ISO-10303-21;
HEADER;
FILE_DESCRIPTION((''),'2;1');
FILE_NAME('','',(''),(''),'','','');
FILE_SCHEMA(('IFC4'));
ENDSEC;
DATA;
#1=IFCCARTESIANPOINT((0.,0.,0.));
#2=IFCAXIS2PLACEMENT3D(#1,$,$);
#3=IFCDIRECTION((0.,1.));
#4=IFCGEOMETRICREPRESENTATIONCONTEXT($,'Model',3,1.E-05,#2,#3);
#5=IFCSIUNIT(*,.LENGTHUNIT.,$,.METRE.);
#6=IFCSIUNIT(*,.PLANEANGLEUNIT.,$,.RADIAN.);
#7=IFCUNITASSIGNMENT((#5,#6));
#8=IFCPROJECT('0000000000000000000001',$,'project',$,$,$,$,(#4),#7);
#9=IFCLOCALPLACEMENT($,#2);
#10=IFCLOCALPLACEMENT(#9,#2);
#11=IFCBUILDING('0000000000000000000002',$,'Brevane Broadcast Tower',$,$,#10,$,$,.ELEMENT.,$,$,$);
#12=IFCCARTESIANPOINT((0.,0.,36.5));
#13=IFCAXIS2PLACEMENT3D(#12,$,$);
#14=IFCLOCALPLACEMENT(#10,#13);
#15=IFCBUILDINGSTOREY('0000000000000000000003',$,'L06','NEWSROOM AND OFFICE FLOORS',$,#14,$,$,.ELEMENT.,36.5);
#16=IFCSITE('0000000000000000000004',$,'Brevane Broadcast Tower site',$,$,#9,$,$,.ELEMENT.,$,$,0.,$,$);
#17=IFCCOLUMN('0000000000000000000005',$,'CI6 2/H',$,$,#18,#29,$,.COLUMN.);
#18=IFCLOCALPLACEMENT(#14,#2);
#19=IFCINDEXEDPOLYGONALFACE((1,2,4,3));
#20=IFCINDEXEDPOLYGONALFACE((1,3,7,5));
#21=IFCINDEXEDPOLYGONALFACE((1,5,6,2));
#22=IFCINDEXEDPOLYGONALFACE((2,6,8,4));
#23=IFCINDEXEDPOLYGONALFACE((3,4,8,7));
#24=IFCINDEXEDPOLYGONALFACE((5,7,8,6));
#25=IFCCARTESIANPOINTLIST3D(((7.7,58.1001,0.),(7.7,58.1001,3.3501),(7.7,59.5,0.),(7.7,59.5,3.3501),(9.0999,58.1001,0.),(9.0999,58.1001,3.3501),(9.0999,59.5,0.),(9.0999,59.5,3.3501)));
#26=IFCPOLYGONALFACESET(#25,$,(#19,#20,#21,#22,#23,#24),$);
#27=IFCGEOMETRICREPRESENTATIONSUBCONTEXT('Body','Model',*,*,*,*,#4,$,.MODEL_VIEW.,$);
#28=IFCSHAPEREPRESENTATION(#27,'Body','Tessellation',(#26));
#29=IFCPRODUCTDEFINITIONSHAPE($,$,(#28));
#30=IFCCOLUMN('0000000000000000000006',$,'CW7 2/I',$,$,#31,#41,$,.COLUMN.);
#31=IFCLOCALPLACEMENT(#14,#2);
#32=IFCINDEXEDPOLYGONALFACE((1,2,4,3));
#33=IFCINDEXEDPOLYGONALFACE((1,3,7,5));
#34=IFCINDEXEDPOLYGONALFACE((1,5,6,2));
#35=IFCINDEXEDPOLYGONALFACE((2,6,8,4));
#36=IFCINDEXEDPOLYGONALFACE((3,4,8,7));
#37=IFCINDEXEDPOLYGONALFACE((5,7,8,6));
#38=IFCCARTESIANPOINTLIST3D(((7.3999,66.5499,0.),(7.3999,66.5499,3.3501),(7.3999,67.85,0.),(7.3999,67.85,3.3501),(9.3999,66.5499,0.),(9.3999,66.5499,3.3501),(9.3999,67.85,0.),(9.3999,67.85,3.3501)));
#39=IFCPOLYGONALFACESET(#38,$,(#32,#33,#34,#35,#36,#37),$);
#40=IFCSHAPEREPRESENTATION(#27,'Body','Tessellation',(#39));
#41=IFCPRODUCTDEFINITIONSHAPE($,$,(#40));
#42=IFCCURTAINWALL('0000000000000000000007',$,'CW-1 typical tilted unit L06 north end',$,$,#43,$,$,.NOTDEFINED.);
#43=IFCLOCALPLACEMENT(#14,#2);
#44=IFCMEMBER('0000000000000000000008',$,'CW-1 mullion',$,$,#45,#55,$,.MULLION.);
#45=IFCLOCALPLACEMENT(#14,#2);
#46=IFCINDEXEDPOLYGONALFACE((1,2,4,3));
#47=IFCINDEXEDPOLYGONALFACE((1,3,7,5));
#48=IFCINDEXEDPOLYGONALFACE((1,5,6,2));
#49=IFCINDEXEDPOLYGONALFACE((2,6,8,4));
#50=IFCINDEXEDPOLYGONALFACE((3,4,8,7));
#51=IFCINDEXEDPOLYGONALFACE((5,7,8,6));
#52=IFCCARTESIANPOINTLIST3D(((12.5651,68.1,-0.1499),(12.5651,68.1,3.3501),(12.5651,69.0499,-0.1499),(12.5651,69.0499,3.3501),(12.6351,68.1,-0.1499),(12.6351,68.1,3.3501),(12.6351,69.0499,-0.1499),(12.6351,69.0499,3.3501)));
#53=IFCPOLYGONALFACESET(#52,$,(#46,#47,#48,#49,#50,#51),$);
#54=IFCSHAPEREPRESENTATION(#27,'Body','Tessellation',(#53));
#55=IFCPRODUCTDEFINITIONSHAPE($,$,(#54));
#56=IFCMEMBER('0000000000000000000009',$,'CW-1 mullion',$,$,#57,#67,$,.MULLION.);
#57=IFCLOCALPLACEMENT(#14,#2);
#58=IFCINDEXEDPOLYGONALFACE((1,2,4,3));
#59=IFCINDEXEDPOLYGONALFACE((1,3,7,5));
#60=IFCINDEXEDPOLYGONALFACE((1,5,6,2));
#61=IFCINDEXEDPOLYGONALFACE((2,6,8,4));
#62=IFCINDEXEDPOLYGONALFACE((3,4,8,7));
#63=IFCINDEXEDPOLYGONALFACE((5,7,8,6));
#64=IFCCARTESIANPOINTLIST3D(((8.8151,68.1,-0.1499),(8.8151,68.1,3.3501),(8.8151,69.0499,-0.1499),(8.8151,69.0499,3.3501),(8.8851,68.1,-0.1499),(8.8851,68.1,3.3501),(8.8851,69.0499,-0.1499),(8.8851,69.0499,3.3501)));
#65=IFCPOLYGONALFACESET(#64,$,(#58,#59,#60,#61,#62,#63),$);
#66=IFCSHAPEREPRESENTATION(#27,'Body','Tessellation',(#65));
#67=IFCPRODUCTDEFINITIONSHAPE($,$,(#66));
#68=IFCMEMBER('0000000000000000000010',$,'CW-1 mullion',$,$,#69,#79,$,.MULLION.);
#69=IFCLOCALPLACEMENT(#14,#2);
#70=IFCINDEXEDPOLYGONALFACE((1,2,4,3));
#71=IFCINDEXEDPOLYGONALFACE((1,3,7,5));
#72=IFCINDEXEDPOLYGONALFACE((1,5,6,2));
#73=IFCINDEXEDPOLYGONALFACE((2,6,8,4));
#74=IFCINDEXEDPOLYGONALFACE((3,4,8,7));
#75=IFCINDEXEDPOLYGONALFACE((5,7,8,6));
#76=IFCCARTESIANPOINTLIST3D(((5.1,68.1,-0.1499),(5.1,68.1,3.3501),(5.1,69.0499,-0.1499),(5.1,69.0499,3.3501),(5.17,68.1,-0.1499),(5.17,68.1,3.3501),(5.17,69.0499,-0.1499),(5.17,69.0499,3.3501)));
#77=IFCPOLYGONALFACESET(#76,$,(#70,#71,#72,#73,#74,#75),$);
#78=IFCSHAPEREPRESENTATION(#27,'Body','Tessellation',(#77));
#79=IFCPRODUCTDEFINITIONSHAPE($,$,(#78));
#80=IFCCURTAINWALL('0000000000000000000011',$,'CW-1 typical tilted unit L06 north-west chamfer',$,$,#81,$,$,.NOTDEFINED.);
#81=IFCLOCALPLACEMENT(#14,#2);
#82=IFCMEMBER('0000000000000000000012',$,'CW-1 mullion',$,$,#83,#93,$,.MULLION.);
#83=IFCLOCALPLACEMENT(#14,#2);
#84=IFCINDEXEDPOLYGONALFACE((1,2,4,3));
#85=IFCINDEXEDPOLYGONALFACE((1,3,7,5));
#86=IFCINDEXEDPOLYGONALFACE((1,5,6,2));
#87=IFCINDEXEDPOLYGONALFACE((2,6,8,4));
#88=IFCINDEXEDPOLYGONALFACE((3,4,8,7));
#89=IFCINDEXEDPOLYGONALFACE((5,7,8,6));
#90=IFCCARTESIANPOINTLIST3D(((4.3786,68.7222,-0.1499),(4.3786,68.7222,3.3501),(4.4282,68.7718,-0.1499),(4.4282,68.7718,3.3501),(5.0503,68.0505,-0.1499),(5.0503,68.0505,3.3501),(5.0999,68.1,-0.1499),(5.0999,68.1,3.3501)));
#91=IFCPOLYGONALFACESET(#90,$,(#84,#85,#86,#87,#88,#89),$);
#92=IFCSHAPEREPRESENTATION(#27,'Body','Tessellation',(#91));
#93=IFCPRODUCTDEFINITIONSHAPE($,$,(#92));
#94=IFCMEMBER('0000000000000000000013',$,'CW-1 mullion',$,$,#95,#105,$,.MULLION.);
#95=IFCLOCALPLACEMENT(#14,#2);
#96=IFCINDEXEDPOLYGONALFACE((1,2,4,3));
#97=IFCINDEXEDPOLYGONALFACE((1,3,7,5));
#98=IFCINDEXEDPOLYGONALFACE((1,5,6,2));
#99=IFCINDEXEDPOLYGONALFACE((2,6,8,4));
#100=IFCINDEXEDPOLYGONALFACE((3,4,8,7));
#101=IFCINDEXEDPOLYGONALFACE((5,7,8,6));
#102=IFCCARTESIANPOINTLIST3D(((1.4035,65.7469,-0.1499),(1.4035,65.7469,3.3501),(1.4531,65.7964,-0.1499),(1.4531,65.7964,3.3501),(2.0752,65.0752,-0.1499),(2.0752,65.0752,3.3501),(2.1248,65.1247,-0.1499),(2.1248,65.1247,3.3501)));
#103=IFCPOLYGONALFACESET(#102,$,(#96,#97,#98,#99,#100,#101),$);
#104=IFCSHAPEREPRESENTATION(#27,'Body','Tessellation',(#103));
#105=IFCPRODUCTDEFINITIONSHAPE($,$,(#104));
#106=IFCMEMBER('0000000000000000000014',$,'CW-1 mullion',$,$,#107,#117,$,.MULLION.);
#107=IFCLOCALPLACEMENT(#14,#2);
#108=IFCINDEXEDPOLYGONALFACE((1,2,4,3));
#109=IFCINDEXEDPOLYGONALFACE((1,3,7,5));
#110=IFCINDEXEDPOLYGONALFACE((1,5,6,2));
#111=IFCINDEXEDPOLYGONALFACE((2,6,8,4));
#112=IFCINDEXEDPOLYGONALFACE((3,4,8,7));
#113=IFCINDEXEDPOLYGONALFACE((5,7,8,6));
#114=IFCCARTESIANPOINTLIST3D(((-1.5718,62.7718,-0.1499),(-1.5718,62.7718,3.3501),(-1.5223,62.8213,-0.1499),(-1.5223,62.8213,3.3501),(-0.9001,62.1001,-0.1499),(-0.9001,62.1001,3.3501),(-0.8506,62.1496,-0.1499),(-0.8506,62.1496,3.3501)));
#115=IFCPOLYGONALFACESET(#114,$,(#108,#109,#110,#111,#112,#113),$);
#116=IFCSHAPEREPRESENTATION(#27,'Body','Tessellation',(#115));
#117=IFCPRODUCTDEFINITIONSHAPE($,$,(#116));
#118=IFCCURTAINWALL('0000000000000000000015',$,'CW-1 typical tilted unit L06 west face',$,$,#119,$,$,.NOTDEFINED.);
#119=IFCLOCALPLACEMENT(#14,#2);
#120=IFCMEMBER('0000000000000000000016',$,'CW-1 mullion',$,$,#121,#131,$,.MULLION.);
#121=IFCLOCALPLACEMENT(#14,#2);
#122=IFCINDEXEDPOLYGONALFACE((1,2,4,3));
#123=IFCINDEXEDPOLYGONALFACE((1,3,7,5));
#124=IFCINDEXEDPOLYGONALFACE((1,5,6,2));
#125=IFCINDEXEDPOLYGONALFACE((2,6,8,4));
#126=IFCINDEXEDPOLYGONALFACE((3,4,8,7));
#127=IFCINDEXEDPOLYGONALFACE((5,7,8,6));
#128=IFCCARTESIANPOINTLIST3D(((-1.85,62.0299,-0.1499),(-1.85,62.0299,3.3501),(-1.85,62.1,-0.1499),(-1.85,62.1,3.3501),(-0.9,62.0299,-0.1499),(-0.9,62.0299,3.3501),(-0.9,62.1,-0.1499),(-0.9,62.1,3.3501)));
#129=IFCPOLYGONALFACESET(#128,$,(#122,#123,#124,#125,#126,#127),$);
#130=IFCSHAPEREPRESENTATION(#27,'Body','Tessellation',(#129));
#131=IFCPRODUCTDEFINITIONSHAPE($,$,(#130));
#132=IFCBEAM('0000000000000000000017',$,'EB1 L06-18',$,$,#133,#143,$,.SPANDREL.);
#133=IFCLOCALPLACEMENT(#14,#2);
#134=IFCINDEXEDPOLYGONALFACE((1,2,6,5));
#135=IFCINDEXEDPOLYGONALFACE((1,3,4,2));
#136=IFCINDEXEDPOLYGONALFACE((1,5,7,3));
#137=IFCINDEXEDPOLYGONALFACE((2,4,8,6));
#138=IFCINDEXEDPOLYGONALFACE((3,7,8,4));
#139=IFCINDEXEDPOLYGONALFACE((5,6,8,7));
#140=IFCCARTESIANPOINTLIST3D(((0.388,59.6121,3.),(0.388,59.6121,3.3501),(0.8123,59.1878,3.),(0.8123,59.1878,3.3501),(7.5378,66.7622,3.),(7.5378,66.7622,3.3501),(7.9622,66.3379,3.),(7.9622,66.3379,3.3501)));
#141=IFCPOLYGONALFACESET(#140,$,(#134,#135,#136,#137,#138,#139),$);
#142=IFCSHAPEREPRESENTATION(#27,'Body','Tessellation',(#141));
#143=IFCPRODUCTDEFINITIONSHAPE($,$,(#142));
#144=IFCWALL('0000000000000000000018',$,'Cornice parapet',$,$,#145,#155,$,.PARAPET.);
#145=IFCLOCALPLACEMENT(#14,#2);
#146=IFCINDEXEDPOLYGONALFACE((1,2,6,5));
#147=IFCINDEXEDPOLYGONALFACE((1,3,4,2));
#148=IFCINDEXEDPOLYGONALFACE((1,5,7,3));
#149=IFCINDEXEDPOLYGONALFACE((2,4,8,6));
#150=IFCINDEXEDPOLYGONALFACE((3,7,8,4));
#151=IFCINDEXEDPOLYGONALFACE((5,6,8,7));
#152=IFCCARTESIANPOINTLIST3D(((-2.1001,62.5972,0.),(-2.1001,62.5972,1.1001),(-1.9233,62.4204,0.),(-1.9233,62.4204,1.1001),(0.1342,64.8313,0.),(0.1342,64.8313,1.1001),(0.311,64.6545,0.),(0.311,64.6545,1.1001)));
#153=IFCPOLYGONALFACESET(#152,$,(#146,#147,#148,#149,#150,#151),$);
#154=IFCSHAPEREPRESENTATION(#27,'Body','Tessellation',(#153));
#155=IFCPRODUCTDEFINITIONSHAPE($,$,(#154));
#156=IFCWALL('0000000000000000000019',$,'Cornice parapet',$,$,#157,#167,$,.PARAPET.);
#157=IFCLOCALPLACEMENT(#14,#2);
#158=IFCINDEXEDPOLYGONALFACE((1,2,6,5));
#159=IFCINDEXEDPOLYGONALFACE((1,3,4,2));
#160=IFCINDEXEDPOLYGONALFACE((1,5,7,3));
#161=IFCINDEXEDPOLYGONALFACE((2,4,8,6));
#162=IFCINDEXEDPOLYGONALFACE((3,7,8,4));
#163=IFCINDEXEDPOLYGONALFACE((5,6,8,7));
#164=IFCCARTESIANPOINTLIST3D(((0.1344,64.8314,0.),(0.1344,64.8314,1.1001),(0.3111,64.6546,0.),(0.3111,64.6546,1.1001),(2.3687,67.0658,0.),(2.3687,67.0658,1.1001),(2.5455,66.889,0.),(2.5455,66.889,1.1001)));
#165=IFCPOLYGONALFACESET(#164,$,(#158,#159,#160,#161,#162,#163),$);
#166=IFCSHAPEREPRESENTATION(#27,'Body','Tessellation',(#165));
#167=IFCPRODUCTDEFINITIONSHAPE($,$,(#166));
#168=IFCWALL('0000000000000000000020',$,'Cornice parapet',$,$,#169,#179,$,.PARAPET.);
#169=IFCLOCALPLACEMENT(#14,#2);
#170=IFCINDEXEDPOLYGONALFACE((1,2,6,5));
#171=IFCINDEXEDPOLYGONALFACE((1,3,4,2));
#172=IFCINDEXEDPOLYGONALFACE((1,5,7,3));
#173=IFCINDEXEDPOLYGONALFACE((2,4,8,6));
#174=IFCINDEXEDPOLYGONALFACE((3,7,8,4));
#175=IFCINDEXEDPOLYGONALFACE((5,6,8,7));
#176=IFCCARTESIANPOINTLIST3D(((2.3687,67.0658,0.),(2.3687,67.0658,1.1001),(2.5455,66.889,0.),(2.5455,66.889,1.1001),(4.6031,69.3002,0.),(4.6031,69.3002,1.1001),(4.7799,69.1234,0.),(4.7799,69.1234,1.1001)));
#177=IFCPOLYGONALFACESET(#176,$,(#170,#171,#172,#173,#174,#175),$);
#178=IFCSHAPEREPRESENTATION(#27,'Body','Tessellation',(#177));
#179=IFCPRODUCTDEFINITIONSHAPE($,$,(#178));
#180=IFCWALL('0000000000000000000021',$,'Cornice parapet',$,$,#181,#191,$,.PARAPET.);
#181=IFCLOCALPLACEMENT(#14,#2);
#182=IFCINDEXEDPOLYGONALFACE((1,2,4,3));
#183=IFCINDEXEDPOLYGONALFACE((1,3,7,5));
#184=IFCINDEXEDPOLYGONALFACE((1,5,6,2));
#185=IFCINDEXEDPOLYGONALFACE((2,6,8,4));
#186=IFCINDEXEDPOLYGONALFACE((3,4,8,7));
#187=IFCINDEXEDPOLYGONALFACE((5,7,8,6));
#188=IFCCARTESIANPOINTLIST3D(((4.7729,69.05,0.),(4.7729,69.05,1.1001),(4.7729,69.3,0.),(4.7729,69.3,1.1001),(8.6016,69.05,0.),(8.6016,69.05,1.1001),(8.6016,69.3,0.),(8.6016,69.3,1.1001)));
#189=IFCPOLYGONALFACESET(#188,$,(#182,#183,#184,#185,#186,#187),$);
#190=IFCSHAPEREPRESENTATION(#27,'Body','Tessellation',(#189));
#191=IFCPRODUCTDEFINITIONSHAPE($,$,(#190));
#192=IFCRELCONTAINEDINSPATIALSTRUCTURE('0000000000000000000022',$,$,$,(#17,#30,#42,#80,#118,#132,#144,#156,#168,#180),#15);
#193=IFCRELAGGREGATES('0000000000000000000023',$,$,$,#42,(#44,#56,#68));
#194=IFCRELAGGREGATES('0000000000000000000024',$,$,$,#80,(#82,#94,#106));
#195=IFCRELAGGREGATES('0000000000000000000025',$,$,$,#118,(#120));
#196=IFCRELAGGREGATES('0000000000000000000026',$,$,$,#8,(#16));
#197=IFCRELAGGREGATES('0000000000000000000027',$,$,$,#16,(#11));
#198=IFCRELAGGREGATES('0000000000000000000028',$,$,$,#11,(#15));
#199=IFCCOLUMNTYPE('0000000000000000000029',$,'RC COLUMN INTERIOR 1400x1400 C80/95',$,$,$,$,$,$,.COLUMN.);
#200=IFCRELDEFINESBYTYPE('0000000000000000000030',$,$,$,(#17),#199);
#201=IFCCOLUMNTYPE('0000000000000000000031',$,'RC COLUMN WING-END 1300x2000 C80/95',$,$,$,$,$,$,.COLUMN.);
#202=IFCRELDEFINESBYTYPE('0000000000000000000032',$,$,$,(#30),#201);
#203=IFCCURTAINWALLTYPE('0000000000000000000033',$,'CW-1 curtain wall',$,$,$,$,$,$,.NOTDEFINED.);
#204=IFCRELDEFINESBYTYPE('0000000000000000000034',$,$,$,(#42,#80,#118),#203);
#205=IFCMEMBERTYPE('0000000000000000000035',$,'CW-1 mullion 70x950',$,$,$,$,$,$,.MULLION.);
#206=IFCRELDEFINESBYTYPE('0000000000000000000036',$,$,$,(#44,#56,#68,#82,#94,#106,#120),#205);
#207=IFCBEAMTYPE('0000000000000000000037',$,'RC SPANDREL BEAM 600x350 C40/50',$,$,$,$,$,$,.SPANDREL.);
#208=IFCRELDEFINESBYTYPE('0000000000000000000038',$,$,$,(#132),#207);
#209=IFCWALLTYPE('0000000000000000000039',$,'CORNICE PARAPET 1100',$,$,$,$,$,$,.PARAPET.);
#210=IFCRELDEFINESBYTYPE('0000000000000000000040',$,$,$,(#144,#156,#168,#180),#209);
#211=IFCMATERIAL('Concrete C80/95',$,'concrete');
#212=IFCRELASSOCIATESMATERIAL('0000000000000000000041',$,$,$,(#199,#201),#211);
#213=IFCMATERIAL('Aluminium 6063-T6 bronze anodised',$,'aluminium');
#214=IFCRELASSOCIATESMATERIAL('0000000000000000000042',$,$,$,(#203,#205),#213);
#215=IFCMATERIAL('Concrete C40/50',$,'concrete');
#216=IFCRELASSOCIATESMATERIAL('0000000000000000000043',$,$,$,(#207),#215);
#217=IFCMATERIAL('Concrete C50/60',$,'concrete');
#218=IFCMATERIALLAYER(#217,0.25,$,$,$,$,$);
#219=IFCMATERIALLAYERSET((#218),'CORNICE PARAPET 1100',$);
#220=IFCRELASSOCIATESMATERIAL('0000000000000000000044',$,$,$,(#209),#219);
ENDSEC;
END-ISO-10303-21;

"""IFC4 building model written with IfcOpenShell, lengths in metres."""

from ifc_helpers import new_model, si_unit, direction, frame, frame_2d, origin, origin_2d, place, context, subcontext, project, spatial, rectangle, extrude, material, layer, layer_set, material_profile, profile_set, type_object, element, aggregate, save


model = new_model("IFC4")

# Units and contexts
model_context = context("Model", 3, precision=1e-05, world=origin(), true_north=direction((0.0, 1.0)))
body_context = subcontext(model_context, "Body", "Model", "MODEL_VIEW")
ifc_project = project(units=[si_unit("LENGTHUNIT", "METRE"), si_unit("PLANEANGLEUNIT", "RADIAN")], contexts=[model_context])

# Site, building, storey
site_placement = place(None, origin())
site = spatial("IfcSite", under=ifc_project, at=site_placement, Name="Brevane Broadcast Tower site", CompositionType="ELEMENT", RefElevation=0.0)
building_placement = place(site_placement, origin())
building = spatial("IfcBuilding", under=site, at=building_placement, Name="Brevane Broadcast Tower", CompositionType="ELEMENT")
storey_placement = place(building_placement, frame((0.0, 0.0, 36.5)))
storey = spatial("IfcBuildingStorey", under=building, at=storey_placement, Name="L06", Description="NEWSROOM AND OFFICE FLOORS", CompositionType="ELEMENT", Elevation=36.5)

# Columns
ifc_material_1 = material(Name="Concrete C80/95", Category="concrete")
ifc_material_profile_1 = material_profile(ifc_material_1, rectangle(XDim=1.3999, YDim=1.3999, at=origin_2d()), Name="RC 1400x1400")
ifc_profile_set_1 = profile_set([ifc_material_profile_1], Name="Concrete C80/95")
column_type_1 = type_object("IfcColumnType", Name="RC COLUMN INTERIOR 1400x1400 C80/95", PredefinedType="COLUMN", material=ifc_profile_set_1)
column_1_placement = place(storey_placement, frame((8.3999, 58.8, 0.0), z_axis=(0.0, 0.0, 1.0), x_axis=(1.0, 0.0, 0.0)))
element("IfcColumn", 1, at=column_1_placement, inside=storey, type_object=column_type_1, Name="CI6 2/H", PredefinedType="COLUMN", context=body_context, shape_type="SweptSolid", body=[
    extrude(rectangle(XDim=1.3999, YDim=1.3999, at=origin_2d()), origin(), (0.0, 0.0, 1.0), 3.3501),
])
ifc_material_profile_2 = material_profile(ifc_material_1, rectangle(XDim=1.3, YDim=2.0, at=origin_2d()), Name="RC 1300x2000")
ifc_profile_set_2 = profile_set([ifc_material_profile_2], Name="Concrete C80/95")
column_type_2 = type_object("IfcColumnType", Name="RC COLUMN WING-END 1300x2000 C80/95", PredefinedType="COLUMN", material=ifc_profile_set_2)
column_2_placement = place(storey_placement, frame((8.3999, 67.2, 0.0), z_axis=(0.0, 0.0, 1.0), x_axis=(0.0, 1.0, 0.0)))
element("IfcColumn", 2, at=column_2_placement, inside=storey, type_object=column_type_2, Name="CW7 2/I", PredefinedType="COLUMN", context=body_context, shape_type="SweptSolid", body=[
    extrude(rectangle(XDim=1.3, YDim=2.0, at=origin_2d()), origin(), (0.0, 0.0, 1.0), 3.3501),
])

# Curtain walls, members
ifc_material_2 = material(Name="Aluminium 6063-T6 bronze anodised", Category="aluminium")
curtain_wall_type = type_object("IfcCurtainWallType", Name="CW-1 curtain wall", PredefinedType="NOTDEFINED", material=ifc_material_2)
curtain_wall_1_placement = place(storey_placement, origin())
curtain_wall_1 = element("IfcCurtainWall", 3, at=curtain_wall_1_placement, inside=storey, type_object=curtain_wall_type, Name="CW-1 typical tilted unit L06 north end", PredefinedType="NOTDEFINED")
ifc_material_profile_3 = material_profile(ifc_material_2, rectangle(XDim=0.95, YDim=0.0701, at=origin_2d()), Name="RECT 70x950")
ifc_profile_set_3 = profile_set([ifc_material_profile_3], Name="Aluminium 6063-T6 bronze anodised")
member_type = type_object("IfcMemberType", Name="CW-1 mullion 70x950", PredefinedType="MULLION", material=ifc_profile_set_3)
member_1_placement = place(storey_placement, frame((12.6001, 68.575, -0.1499), z_axis=(0.0, 0.0, 1.0), x_axis=(0.0, -1.0, 0.0)))
member_1 = element("IfcMember", 4, at=member_1_placement, type_object=member_type, Name="CW-1 mullion", PredefinedType="MULLION", context=body_context, shape_type="SweptSolid", body=[
    extrude(rectangle(XDim=0.95, YDim=0.0701, at=origin_2d()), origin(), (0.0, 0.0, 1.0), 3.5),
])
member_2_placement = place(storey_placement, frame((8.8501, 68.575, -0.1499), z_axis=(0.0, 0.0, 1.0), x_axis=(0.0, -1.0, 0.0)))
member_2 = element("IfcMember", 5, at=member_2_placement, type_object=member_type, Name="CW-1 mullion", PredefinedType="MULLION", context=body_context, shape_type="SweptSolid", body=[
    extrude(rectangle(XDim=0.95, YDim=0.0701, at=origin_2d()), origin(), (0.0, 0.0, 1.0), 3.5),
])
member_3_placement = place(storey_placement, frame((5.135, 68.575, -0.1499), z_axis=(0.0, 0.0, 1.0), x_axis=(0.0, -1.0, 0.0)))
member_3 = element("IfcMember", 6, at=member_3_placement, type_object=member_type, Name="CW-1 mullion", PredefinedType="MULLION", context=body_context, shape_type="SweptSolid", body=[
    extrude(rectangle(XDim=0.95, YDim=0.0701, at=origin_2d()), origin(), (0.0, 0.0, 1.0), 3.5),
])
aggregate(curtain_wall_1, [member_1, member_2, member_3])
curtain_wall_2_placement = place(storey_placement, origin())
curtain_wall_2 = element("IfcCurtainWall", 7, at=curtain_wall_2_placement, inside=storey, type_object=curtain_wall_type, Name="CW-1 typical tilted unit L06 north-west chamfer", PredefinedType="NOTDEFINED")
member_4_placement = place(storey_placement, frame((4.7393, 68.4111, -0.1499), z_axis=(0.0, 0.0, 1.0), x_axis=(0.707107, -0.707107, 0.0)))
member_4 = element("IfcMember", 8, at=member_4_placement, type_object=member_type, Name="CW-1 mullion", PredefinedType="MULLION", context=body_context, shape_type="SweptSolid", body=[
    extrude(rectangle(XDim=0.95, YDim=0.0701, at=origin_2d()), origin(), (0.0, 0.0, 1.0), 3.5),
])
member_5_placement = place(storey_placement, frame((1.7642, 65.4358, -0.1499), z_axis=(0.0, 0.0, 1.0), x_axis=(0.707107, -0.707107, 0.0)))
member_5 = element("IfcMember", 9, at=member_5_placement, type_object=member_type, Name="CW-1 mullion", PredefinedType="MULLION", context=body_context, shape_type="SweptSolid", body=[
    extrude(rectangle(XDim=0.95, YDim=0.0701, at=origin_2d()), origin(), (0.0, 0.0, 1.0), 3.5),
])
member_6_placement = place(storey_placement, frame((-1.2112, 62.4607, -0.1499), z_axis=(0.0, 0.0, 1.0), x_axis=(0.707107, -0.707107, 0.0)))
member_6 = element("IfcMember", 10, at=member_6_placement, type_object=member_type, Name="CW-1 mullion", PredefinedType="MULLION", context=body_context, shape_type="SweptSolid", body=[
    extrude(rectangle(XDim=0.95, YDim=0.0701, at=origin_2d()), origin(), (0.0, 0.0, 1.0), 3.5),
])
aggregate(curtain_wall_2, [member_4, member_5, member_6])

# Curtain wall, member
curtain_wall_3_placement = place(storey_placement, origin())
curtain_wall_3 = element("IfcCurtainWall", 11, at=curtain_wall_3_placement, inside=storey, type_object=curtain_wall_type, Name="CW-1 typical tilted unit L06 west face", PredefinedType="NOTDEFINED")
member_7_placement = place(storey_placement, frame((-1.375, 62.0649, -0.1499), z_axis=(0.0, 0.0, 1.0), x_axis=(1.0, 0.0, 0.0)))
member_7 = element("IfcMember", 12, at=member_7_placement, type_object=member_type, Name="CW-1 mullion", PredefinedType="MULLION", context=body_context, shape_type="SweptSolid", body=[
    extrude(rectangle(XDim=0.95, YDim=0.0701, at=origin_2d()), origin(), (0.0, 0.0, 1.0), 3.5),
])
aggregate(curtain_wall_3, [member_7])

# Beam
ifc_material_3 = material(Name="Concrete C40/50", Category="concrete")
ifc_material_profile_4 = material_profile(ifc_material_3, rectangle(XDim=0.6001, YDim=0.3501, at=origin_2d()), Name="RC 600x350")
ifc_profile_set_4 = profile_set([ifc_material_profile_4], Name="Concrete C40/50")
beam_type = type_object("IfcBeamType", Name="RC SPANDREL BEAM 600x350 C40/50", PredefinedType="SPANDREL", material=ifc_profile_set_4)
beam_placement = place(storey_placement, frame((7.75, 66.55, 3.175), z_axis=(-0.707095, -0.707119, 0.0), x_axis=(0.707119, -0.707095, 0.0)))
element("IfcBeam", 13, at=beam_placement, inside=storey, type_object=beam_type, Name="EB1 L06-18", PredefinedType="SPANDREL", context=body_context, shape_type="SweptSolid", body=[
    extrude(rectangle(XDim=0.6001, YDim=0.3501, at=origin_2d()), origin(), (0.0, 0.0, 1.0), 10.1116),
])

# Walls
ifc_material_4 = material(Name="Concrete C50/60", Category="concrete")
ifc_layer_1 = layer(ifc_material_4, 0.25)
ifc_layer_set_1 = layer_set([ifc_layer_1], Name="CORNICE PARAPET 1100")
wall_type_1 = type_object("IfcWallType", Name="CORNICE PARAPET 1100", PredefinedType="PARAPET", material=ifc_layer_set_1)
wall_1_placement = place(storey_placement, frame((-2.0117, 62.5088, 0.0), z_axis=(0.0, 0.0, 1.0), x_axis=(0.707145, 0.707068, 0.0)))
element("IfcWall", 14, at=wall_1_placement, inside=storey, type_object=wall_type_1, Name="Cornice parapet", PredefinedType="PARAPET", context=body_context, shape_type="SweptSolid", body=[
    extrude(rectangle(XDim=3.1597, YDim=0.25, at=frame_2d((1.5798, 0.0))), origin(), (0.0, 0.0, 1.0), 1.1001),
])
for number, where, z_axis, x_axis, name in (
    (15, (0.2227, 64.7429, 0.0), (0.0, 0.0, 1.0), (0.707107, 0.707107, 0.0), "Cornice parapet"),
    (16, (2.457, 66.9773, 0.0), (0.0, 0.0, 1.0), (0.707107, 0.707107, 0.0), "Cornice parapet"),
):
    element("IfcWall", number, at=place(storey_placement, frame(where, z_axis=z_axis, x_axis=x_axis)), inside=storey, type_object=wall_type_1, Name=name, PredefinedType="PARAPET", context=body_context, shape_type="SweptSolid", body=[
        extrude(rectangle(XDim=3.1599, YDim=0.25, at=frame_2d((1.5801, 0.0))), origin(), (0.0, 0.0, 1.0), 1.1001),
    ])
wall_2_placement = place(storey_placement, frame((4.7729, 69.175, 0.0), z_axis=(0.0, 0.0, 1.0), x_axis=(1.0, 0.0, 0.0)))
element("IfcWall", 17, at=wall_2_placement, inside=storey, type_object=wall_type_1, Name="Cornice parapet", PredefinedType="PARAPET", context=body_context, shape_type="SweptSolid", body=[
    extrude(rectangle(XDim=3.8286, YDim=0.25, at=frame_2d((1.9143, 0.0))), origin(), (0.0, 0.0, 1.0), 1.1001),
])

save(model, "model.ifc")
